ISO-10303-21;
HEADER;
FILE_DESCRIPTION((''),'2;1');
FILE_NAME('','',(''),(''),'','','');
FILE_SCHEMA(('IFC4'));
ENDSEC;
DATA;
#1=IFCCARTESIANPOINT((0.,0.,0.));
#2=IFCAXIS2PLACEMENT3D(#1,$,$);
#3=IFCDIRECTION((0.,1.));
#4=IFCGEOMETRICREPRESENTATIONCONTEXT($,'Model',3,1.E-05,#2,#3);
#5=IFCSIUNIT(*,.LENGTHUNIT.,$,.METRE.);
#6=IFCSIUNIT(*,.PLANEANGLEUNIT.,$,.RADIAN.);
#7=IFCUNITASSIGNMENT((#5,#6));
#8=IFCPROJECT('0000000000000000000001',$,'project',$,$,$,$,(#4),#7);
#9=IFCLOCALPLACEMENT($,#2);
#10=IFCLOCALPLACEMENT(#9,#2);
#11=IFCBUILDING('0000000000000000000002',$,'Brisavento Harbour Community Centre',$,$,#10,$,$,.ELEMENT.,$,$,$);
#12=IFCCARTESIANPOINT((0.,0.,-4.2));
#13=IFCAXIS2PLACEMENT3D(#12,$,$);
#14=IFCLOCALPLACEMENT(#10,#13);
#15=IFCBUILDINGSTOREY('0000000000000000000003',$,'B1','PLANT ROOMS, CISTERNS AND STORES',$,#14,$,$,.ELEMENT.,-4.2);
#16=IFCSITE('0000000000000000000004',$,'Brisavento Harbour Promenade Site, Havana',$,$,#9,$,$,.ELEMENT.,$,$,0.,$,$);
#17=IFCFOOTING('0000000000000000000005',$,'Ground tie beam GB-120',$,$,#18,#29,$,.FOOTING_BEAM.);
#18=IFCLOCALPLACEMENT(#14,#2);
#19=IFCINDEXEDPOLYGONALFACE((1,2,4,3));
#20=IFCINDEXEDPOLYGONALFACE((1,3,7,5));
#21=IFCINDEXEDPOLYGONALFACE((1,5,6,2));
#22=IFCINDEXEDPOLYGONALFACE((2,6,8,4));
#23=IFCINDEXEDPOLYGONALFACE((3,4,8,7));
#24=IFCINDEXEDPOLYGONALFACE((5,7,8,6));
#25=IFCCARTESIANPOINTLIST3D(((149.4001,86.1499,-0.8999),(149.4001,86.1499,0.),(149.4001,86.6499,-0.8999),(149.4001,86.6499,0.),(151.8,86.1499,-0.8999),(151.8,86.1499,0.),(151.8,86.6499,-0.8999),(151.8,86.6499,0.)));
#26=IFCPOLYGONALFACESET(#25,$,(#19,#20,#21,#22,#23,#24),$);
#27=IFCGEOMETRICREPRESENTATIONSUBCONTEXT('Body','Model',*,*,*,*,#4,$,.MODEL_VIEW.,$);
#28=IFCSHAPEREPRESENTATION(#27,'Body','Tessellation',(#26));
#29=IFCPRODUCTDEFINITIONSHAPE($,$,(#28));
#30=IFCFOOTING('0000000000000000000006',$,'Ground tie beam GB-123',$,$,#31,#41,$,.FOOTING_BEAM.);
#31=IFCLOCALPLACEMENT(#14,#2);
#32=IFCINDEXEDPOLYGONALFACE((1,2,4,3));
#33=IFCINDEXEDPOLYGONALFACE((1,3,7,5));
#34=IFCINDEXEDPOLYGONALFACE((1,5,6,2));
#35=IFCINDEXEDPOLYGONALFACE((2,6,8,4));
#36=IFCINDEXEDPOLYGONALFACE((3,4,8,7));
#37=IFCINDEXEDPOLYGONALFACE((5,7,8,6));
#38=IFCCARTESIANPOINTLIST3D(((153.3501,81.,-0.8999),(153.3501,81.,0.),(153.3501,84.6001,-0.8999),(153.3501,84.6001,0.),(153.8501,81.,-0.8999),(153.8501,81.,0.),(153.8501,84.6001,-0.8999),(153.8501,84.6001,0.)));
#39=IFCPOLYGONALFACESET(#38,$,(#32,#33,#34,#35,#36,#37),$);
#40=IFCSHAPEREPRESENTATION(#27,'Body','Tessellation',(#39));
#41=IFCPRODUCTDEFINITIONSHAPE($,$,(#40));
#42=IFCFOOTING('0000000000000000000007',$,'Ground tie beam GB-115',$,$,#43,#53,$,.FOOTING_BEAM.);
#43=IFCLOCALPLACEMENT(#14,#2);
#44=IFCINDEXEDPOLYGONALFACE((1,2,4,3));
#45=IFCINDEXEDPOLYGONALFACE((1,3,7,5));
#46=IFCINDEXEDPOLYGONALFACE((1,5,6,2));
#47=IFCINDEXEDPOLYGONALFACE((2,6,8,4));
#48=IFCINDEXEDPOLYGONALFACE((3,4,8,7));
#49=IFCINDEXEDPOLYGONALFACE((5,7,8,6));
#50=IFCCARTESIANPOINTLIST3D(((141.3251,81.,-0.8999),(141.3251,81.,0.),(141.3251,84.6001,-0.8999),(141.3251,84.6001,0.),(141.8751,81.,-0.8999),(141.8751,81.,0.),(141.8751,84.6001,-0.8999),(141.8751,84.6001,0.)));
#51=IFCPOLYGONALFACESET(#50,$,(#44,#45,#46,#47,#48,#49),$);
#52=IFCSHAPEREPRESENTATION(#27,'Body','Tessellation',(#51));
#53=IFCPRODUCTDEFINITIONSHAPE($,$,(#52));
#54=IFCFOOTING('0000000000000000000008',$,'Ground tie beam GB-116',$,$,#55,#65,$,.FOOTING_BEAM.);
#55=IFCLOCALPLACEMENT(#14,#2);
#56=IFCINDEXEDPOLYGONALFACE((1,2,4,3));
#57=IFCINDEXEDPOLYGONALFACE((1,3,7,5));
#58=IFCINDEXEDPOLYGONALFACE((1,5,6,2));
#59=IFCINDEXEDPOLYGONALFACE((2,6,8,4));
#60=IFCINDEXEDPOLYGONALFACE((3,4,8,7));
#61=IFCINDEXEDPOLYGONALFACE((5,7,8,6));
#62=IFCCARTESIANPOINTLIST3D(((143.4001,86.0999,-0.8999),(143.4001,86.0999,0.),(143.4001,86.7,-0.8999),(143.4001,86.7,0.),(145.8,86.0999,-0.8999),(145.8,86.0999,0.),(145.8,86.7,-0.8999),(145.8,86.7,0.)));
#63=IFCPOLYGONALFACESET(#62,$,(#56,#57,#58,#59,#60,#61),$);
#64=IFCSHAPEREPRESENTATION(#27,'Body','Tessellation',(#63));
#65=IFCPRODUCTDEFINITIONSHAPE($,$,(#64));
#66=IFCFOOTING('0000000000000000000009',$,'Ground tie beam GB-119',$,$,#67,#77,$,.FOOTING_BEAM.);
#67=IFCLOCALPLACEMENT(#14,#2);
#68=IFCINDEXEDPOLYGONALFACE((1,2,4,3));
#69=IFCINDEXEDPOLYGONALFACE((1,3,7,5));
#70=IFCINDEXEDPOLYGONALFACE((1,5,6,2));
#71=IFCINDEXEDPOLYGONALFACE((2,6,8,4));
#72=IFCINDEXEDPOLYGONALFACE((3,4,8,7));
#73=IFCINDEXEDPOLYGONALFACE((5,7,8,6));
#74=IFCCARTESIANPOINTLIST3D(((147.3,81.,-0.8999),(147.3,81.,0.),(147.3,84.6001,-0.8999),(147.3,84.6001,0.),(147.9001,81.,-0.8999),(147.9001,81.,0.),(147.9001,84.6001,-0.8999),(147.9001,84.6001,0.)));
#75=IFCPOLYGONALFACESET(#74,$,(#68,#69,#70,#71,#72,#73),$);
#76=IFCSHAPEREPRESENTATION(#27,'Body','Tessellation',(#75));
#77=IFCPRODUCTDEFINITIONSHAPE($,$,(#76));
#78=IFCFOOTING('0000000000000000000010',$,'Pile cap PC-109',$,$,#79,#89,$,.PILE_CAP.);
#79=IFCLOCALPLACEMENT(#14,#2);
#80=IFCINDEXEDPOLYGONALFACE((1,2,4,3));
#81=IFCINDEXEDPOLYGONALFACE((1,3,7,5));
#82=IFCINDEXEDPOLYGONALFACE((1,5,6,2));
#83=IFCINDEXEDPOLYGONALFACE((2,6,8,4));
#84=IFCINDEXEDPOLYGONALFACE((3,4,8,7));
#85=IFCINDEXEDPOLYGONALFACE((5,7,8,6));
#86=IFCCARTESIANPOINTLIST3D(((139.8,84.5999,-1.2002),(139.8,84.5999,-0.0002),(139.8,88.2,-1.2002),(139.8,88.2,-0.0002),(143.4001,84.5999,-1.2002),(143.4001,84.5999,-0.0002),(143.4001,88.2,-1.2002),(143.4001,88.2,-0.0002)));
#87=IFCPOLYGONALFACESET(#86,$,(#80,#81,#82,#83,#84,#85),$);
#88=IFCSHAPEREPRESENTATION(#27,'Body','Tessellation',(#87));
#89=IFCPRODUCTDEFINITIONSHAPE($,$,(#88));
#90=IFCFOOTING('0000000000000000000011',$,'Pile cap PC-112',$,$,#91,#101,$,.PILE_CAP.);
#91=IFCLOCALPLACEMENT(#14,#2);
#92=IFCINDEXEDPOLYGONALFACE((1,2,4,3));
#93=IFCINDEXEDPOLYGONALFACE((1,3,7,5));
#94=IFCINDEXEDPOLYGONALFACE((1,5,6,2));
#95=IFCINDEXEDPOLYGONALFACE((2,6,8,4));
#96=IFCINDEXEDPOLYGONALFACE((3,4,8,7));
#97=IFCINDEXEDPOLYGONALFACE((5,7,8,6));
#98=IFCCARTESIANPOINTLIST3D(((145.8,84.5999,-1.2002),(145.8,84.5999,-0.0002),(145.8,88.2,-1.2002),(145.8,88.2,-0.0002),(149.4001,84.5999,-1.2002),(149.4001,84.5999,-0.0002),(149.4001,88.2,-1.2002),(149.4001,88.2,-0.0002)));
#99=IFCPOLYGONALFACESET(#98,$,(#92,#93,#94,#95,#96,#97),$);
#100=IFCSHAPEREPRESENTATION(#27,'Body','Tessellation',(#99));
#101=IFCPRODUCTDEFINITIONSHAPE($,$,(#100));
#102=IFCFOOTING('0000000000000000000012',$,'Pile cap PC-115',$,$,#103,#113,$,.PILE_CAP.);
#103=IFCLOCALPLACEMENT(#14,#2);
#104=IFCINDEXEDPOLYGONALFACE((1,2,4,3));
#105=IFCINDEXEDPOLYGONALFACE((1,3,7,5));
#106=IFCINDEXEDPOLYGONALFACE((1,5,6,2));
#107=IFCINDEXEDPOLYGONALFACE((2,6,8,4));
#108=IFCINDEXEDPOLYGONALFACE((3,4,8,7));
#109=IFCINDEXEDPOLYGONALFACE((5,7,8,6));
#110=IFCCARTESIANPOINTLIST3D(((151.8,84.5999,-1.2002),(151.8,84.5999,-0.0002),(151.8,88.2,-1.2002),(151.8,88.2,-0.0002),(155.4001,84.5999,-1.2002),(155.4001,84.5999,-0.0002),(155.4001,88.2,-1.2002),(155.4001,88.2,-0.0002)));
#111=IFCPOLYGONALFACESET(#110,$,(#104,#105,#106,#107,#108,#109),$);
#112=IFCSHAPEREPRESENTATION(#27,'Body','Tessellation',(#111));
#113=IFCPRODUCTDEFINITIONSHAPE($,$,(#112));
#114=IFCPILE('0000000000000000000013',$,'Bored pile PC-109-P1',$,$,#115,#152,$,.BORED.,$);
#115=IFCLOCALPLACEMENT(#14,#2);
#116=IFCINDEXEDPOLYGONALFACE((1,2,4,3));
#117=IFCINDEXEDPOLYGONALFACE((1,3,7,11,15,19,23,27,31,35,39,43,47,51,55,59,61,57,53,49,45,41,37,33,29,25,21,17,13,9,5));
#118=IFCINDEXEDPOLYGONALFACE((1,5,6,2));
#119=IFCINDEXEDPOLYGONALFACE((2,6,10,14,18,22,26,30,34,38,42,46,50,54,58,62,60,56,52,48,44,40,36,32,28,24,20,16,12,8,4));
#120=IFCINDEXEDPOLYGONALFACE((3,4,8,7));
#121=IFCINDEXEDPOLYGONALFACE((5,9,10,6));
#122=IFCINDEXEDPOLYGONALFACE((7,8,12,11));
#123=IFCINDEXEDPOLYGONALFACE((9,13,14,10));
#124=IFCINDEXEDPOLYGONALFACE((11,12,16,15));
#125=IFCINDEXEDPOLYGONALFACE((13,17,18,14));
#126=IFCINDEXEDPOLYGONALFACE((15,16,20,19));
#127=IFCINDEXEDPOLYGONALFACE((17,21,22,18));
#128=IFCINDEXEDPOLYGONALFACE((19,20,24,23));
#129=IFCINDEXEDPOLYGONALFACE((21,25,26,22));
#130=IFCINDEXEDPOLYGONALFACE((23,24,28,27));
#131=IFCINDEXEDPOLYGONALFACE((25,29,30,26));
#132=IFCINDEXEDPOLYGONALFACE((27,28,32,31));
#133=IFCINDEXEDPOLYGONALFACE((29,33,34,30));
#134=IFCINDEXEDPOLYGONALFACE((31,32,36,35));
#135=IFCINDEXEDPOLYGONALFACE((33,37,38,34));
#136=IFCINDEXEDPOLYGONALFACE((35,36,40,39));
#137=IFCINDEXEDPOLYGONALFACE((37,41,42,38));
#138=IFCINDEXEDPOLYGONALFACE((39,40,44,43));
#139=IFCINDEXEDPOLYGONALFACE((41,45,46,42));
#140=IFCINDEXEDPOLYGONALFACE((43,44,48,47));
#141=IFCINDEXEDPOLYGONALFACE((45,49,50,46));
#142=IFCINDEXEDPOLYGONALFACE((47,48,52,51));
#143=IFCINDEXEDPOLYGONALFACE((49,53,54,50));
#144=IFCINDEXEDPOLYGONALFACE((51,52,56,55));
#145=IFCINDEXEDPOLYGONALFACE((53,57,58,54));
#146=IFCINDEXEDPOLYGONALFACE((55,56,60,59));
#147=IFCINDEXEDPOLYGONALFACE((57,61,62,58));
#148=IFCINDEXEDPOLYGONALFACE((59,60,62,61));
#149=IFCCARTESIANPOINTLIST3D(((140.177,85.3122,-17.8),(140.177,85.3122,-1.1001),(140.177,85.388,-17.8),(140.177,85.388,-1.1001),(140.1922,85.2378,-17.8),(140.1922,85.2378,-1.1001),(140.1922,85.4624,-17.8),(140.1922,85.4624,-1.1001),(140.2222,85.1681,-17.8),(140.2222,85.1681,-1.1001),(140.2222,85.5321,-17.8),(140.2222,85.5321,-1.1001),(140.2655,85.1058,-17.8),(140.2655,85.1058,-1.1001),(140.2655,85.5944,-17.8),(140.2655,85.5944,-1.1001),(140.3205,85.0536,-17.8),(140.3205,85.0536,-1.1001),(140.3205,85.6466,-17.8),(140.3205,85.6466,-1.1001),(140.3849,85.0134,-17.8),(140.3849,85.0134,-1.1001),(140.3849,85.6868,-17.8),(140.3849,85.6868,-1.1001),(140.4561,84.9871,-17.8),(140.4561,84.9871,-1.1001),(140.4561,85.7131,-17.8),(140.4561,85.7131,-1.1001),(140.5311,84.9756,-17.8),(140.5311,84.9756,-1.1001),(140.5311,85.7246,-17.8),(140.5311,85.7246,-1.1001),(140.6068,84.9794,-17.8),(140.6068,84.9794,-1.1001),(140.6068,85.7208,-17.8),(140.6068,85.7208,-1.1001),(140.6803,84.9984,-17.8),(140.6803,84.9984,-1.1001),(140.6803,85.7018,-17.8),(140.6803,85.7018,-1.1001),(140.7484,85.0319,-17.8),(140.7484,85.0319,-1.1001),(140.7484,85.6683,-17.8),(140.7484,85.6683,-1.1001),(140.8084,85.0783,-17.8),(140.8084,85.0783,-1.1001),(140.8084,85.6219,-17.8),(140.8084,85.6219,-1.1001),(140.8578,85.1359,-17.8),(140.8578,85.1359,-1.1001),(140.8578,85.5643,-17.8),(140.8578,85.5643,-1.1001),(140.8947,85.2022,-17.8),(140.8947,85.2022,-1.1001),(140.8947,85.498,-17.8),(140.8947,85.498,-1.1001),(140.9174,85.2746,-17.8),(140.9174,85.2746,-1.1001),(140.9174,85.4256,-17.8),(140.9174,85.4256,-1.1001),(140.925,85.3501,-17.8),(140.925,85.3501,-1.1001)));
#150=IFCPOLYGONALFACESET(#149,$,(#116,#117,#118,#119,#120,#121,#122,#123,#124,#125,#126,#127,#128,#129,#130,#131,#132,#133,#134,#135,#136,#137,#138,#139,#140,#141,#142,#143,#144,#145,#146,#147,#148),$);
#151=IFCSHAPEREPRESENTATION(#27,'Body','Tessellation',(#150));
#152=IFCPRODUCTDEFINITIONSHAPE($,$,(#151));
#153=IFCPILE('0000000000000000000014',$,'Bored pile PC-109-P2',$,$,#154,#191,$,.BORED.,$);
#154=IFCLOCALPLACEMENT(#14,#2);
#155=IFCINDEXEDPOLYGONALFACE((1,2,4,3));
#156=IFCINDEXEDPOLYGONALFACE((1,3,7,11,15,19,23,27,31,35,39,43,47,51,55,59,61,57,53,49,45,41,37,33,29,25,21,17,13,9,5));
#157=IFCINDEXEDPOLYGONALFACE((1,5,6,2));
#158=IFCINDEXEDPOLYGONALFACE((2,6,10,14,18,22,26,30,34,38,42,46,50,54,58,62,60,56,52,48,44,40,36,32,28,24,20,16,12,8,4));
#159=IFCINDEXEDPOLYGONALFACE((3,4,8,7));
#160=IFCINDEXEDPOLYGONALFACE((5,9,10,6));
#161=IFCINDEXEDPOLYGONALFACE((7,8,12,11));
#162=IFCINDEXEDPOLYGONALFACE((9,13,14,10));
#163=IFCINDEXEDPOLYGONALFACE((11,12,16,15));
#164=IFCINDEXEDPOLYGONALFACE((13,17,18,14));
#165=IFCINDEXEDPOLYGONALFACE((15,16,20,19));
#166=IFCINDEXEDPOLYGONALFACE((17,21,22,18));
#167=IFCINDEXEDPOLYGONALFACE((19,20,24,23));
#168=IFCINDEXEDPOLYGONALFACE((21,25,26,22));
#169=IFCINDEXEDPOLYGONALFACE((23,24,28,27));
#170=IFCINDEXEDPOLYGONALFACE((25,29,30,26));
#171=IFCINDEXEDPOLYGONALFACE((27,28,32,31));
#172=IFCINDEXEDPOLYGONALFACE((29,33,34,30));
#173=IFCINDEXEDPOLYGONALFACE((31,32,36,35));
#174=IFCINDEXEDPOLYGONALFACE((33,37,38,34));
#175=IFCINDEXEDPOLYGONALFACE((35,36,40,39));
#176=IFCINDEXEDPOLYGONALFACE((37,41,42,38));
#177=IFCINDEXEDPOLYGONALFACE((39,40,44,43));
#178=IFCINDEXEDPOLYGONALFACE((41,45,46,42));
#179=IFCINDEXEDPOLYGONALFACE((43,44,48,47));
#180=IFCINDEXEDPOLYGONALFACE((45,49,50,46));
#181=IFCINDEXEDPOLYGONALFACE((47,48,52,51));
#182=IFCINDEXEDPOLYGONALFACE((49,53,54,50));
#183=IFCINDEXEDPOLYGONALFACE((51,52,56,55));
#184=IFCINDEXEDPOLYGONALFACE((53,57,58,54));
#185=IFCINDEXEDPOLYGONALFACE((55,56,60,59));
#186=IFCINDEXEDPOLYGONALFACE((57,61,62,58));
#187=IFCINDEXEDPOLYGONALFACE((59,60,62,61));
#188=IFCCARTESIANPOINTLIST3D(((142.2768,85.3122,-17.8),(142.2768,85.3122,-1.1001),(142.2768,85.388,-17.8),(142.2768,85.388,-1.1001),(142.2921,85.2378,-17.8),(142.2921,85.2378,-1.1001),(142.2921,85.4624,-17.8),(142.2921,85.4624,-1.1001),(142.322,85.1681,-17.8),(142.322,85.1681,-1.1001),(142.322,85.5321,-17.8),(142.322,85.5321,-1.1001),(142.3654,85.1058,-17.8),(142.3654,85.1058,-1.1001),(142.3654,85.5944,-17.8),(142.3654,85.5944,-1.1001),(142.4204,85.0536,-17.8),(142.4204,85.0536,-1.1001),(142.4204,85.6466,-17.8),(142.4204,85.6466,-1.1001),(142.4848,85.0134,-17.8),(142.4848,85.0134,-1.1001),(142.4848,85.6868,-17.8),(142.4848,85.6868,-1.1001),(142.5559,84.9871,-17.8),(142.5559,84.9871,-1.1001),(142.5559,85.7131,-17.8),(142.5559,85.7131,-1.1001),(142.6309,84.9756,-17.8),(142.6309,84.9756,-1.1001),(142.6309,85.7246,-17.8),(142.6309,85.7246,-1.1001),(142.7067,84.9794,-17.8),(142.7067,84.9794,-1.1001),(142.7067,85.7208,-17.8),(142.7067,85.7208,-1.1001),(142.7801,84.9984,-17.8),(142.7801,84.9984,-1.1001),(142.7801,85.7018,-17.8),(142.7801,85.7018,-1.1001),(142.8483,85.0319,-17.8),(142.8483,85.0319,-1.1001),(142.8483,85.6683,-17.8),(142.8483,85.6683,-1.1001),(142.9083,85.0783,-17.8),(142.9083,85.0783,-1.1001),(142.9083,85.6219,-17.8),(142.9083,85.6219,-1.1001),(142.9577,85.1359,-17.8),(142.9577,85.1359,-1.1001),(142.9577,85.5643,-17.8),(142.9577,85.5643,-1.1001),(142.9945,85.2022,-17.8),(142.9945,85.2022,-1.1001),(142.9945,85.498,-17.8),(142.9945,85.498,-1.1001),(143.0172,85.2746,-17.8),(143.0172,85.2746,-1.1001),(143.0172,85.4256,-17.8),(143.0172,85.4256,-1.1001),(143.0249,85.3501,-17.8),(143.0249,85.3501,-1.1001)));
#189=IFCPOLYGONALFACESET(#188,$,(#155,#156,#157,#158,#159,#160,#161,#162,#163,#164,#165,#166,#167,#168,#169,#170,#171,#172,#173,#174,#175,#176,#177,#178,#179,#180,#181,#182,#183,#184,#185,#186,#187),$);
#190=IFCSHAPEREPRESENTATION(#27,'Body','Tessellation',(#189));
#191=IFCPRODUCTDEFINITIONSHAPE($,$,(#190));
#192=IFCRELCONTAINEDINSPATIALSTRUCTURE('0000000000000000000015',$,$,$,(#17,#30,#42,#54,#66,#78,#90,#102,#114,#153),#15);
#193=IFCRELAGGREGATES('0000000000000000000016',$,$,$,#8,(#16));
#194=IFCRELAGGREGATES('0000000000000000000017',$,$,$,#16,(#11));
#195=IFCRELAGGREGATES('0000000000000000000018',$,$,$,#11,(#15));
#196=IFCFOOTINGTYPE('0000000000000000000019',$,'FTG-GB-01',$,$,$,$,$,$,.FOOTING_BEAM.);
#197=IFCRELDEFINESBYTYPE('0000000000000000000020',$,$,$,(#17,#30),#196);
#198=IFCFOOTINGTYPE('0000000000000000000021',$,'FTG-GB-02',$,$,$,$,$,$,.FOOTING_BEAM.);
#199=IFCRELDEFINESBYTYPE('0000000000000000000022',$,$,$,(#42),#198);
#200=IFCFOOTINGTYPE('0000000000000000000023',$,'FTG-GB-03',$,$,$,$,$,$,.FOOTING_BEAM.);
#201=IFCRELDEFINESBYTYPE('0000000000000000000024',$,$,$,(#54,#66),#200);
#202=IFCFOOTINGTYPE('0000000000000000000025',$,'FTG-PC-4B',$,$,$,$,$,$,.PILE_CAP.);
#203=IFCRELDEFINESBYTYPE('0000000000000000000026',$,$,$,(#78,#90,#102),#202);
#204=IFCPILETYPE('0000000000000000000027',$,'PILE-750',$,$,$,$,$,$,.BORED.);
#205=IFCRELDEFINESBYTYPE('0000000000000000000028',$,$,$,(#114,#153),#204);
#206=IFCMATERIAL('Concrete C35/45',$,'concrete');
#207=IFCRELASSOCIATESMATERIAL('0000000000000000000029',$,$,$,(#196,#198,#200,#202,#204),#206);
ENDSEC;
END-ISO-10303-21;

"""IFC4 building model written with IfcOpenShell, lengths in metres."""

from ifc_helpers import new_model, si_unit, direction, frame, origin, origin_2d, place, context, subcontext, project, spatial, rectangle, circle, extrude, material, material_profile, profile_set, type_object, element, save


model = new_model("IFC4")

# Units and contexts
model_context = context("Model", 3, precision=1e-05, world=origin(), true_north=direction((0.0, 1.0)))
body_context = subcontext(model_context, "Body", "Model", "MODEL_VIEW")
ifc_project = project(units=[si_unit("LENGTHUNIT", "METRE"), si_unit("PLANEANGLEUNIT", "RADIAN")], contexts=[model_context])

# Site, building, storey
site_placement = place(None, origin())
site = spatial("IfcSite", under=ifc_project, at=site_placement, Name="Brisavento Harbour Promenade Site, Havana", CompositionType="ELEMENT", RefElevation=0.0)
building_placement = place(site_placement, origin())
building = spatial("IfcBuilding", under=site, at=building_placement, Name="Brisavento Harbour Community Centre", CompositionType="ELEMENT")
storey_placement = place(building_placement, frame((0.0, 0.0, -4.2)))
storey = spatial("IfcBuildingStorey", under=building, at=storey_placement, Name="B1", Description="PLANT ROOMS, CISTERNS AND STORES", CompositionType="ELEMENT", Elevation=-4.2)

# Footings
ifc_material_1 = material(Name="Concrete C35/45", Category="concrete")
footing_type_1 = type_object("IfcFootingType", Name="FTG-GB-01", PredefinedType="FOOTING_BEAM", material=ifc_material_1)
footing_1_placement = place(storey_placement, frame((150.6001, 86.3999, -0.8999), z_axis=(0.0, 0.0, 1.0), x_axis=(1.0, 0.0, 0.0)))
element("IfcFooting", 1, at=footing_1_placement, inside=storey, type_object=footing_type_1, Name="Ground tie beam GB-120", PredefinedType="FOOTING_BEAM", context=body_context, shape_type="SweptSolid", body=[
    extrude(rectangle(XDim=2.3999, YDim=0.5, at=origin_2d()), origin(), (0.0, 0.0, 1.0), 0.8999),
])
footing_2_placement = place(storey_placement, frame((153.6001, 82.8, -0.8999), z_axis=(0.0, 0.0, 1.0), x_axis=(1.0, 0.0, 0.0)))
element("IfcFooting", 2, at=footing_2_placement, inside=storey, type_object=footing_type_1, Name="Ground tie beam GB-123", PredefinedType="FOOTING_BEAM", context=body_context, shape_type="SweptSolid", body=[
    extrude(rectangle(XDim=0.5, YDim=3.6001, at=origin_2d()), origin(), (0.0, 0.0, 1.0), 0.8999),
])
footing_type_2 = type_object("IfcFootingType", Name="FTG-GB-02", PredefinedType="FOOTING_BEAM", material=ifc_material_1)
footing_3_placement = place(storey_placement, frame((141.6001, 82.8, -0.8999), z_axis=(0.0, 0.0, 1.0), x_axis=(1.0, 0.0, 0.0)))
element("IfcFooting", 3, at=footing_3_placement, inside=storey, type_object=footing_type_2, Name="Ground tie beam GB-115", PredefinedType="FOOTING_BEAM", context=body_context, shape_type="SweptSolid", body=[
    extrude(rectangle(XDim=0.55, YDim=3.6001, at=origin_2d()), origin(), (0.0, 0.0, 1.0), 0.8999),
])
footing_type_3 = type_object("IfcFootingType", Name="FTG-GB-03", PredefinedType="FOOTING_BEAM", material=ifc_material_1)
footing_4_placement = place(storey_placement, frame((144.6001, 86.3999, -0.8999), z_axis=(0.0, 0.0, 1.0), x_axis=(1.0, 0.0, 0.0)))
element("IfcFooting", 4, at=footing_4_placement, inside=storey, type_object=footing_type_3, Name="Ground tie beam GB-116", PredefinedType="FOOTING_BEAM", context=body_context, shape_type="SweptSolid", body=[
    extrude(rectangle(XDim=2.3999, YDim=0.6001, at=origin_2d()), origin(), (0.0, 0.0, 1.0), 0.8999),
])
footing_5_placement = place(storey_placement, frame((147.6001, 82.8, -0.8999), z_axis=(0.0, 0.0, 1.0), x_axis=(1.0, 0.0, 0.0)))
element("IfcFooting", 5, at=footing_5_placement, inside=storey, type_object=footing_type_3, Name="Ground tie beam GB-119", PredefinedType="FOOTING_BEAM", context=body_context, shape_type="SweptSolid", body=[
    extrude(rectangle(XDim=0.6001, YDim=3.6001, at=origin_2d()), origin(), (0.0, 0.0, 1.0), 0.8999),
])
footing_type_4 = type_object("IfcFootingType", Name="FTG-PC-4B", PredefinedType="PILE_CAP", material=ifc_material_1)
for number, where, z_axis, x_axis, name in (
    (6, (141.6001, 86.3999, -1.2002), (0.0, 0.0, 1.0), (1.0, 0.0, 0.0), "Pile cap PC-109"),
    (7, (147.6001, 86.3999, -1.2002), (0.0, 0.0, 1.0), (1.0, 0.0, 0.0), "Pile cap PC-112"),
    (8, (153.6001, 86.3999, -1.2002), (0.0, 0.0, 1.0), (1.0, 0.0, 0.0), "Pile cap PC-115"),
):
    element("IfcFooting", number, at=place(storey_placement, frame(where, z_axis=z_axis, x_axis=x_axis)), inside=storey, type_object=footing_type_4, Name=name, PredefinedType="PILE_CAP", context=body_context, shape_type="SweptSolid", body=[
        extrude(rectangle(XDim=3.6001, YDim=3.6001, at=origin_2d()), origin(), (0.0, 0.0, 1.0), 1.2),
    ])

# Piles
ifc_material_profile_1 = material_profile(ifc_material_1, circle(Radius=0.375, at=origin_2d()), Name="Concrete C35/45")
ifc_profile_set_1 = profile_set([ifc_material_profile_1], Name="Concrete C35/45")
pile_type = type_object("IfcPileType", Name="PILE-750", PredefinedType="BORED", material=ifc_profile_set_1)
for number, where, z_axis, x_axis, name in (
    (9, (140.55, 85.3501, -1.1001), (0.0, 0.0, -1.0), (1.0, 0.0, 0.0), "Bored pile PC-109-P1"),
    (10, (142.6499, 85.3501, -1.1001), (0.0, 0.0, -1.0), (1.0, 0.0, 0.0), "Bored pile PC-109-P2"),
):
    element("IfcPile", number, at=place(storey_placement, frame(where, z_axis=z_axis, x_axis=x_axis)), inside=storey, type_object=pile_type, Name=name, PredefinedType="BORED", context=body_context, shape_type="SweptSolid", body=[
        extrude(circle(Radius=0.375, at=origin_2d()), origin(), (0.0, 0.0, 1.0), 16.7),
    ])

save(model, "model.ifc")
